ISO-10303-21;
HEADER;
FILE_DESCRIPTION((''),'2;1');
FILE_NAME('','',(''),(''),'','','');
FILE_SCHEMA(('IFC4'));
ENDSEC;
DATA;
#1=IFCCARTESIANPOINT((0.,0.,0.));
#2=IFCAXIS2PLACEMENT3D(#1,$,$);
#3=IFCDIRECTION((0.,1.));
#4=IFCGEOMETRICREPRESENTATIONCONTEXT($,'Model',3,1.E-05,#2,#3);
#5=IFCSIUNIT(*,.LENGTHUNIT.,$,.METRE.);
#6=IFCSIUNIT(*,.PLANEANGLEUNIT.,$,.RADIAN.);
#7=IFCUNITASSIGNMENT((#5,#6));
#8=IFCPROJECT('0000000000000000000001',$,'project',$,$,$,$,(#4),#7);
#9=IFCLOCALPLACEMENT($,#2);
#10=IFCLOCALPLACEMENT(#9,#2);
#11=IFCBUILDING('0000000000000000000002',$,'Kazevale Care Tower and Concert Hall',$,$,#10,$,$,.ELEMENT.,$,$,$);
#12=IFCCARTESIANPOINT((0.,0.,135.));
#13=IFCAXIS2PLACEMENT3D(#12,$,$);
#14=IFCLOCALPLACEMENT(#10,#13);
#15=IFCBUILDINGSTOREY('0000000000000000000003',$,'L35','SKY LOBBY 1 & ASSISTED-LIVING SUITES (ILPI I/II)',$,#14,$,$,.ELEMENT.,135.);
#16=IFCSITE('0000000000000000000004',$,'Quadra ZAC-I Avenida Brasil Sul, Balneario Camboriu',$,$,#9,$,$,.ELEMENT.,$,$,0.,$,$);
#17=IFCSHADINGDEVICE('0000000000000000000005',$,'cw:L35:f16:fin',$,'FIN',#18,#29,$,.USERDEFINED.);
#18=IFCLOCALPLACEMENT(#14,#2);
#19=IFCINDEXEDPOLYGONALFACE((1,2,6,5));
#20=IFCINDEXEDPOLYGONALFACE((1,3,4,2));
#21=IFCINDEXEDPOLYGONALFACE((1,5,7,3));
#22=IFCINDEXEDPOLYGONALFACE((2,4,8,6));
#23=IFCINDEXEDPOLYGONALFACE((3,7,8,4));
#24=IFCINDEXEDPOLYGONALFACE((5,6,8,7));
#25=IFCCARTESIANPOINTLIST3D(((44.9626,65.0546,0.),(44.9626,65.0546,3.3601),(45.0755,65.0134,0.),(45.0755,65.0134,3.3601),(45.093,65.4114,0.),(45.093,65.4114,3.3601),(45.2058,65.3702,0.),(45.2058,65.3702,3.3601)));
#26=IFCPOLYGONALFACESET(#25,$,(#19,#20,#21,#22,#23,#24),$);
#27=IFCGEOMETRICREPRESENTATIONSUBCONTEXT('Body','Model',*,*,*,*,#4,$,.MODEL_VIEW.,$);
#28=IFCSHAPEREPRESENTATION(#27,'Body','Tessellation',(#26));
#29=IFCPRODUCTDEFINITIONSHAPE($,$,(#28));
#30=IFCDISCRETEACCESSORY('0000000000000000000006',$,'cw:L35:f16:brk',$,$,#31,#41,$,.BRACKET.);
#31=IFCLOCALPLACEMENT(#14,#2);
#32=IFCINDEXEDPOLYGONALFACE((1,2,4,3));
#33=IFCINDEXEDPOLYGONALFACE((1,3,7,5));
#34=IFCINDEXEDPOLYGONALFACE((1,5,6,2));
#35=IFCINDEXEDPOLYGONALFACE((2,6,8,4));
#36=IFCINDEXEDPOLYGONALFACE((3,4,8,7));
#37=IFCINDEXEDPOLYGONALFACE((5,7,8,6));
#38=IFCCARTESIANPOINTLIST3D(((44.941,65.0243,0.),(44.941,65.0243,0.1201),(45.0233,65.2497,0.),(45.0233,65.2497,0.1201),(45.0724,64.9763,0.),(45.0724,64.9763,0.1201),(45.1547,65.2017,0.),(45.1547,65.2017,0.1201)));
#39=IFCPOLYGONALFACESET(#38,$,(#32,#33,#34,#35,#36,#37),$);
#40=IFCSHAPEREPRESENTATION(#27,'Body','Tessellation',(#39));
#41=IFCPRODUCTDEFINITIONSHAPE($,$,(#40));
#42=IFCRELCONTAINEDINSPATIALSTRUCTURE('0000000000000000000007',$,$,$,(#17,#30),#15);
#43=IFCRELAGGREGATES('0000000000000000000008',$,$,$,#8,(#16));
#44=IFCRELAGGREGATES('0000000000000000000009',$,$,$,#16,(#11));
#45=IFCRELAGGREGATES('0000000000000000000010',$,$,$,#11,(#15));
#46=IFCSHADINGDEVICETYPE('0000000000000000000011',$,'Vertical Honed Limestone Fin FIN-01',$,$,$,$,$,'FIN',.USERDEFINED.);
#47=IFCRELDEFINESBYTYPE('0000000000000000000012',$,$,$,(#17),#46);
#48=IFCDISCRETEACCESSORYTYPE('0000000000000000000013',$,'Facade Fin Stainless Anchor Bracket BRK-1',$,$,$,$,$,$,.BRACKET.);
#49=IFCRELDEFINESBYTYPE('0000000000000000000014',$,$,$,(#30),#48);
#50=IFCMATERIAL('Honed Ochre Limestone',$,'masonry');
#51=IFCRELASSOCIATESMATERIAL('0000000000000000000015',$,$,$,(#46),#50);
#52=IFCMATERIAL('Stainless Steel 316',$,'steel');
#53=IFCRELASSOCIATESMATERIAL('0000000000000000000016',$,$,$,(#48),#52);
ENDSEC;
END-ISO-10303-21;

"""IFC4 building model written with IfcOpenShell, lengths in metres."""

from ifc_helpers import new_model, si_unit, direction, frame, origin, origin_2d, place, context, subcontext, project, spatial, rectangle, extrude, material, type_object, element, save


model = new_model("IFC4")

# Units and contexts
model_context = context("Model", 3, precision=1e-05, world=origin(), true_north=direction((0.0, 1.0)))
body_context = subcontext(model_context, "Body", "Model", "MODEL_VIEW")
ifc_project = project(units=[si_unit("LENGTHUNIT", "METRE"), si_unit("PLANEANGLEUNIT", "RADIAN")], contexts=[model_context])

# Site, building, storey
site_placement = place(None, origin())
site = spatial("IfcSite", under=ifc_project, at=site_placement, Name="Quadra ZAC-I Avenida Brasil Sul, Balneario Camboriu", CompositionType="ELEMENT", RefElevation=0.0)
building_placement = place(site_placement, origin())
building = spatial("IfcBuilding", under=site, at=building_placement, Name="Kazevale Care Tower and Concert Hall", CompositionType="ELEMENT")
storey_placement = place(building_placement, frame((0.0, 0.0, 135.0)))
storey = spatial("IfcBuildingStorey", under=building, at=storey_placement, Name="L35", Description="SKY LOBBY 1 & ASSISTED-LIVING SUITES (ILPI I/II)", CompositionType="ELEMENT", Elevation=135.0)

# Shading device
ifc_material_1 = material(Name="Honed Ochre Limestone", Category="masonry")
shading_device_type = type_object("IfcShadingDeviceType", Name="Vertical Honed Limestone Fin FIN-01", ElementType="FIN", PredefinedType="USERDEFINED", material=ifc_material_1)
shading_device_placement = place(storey_placement, frame((45.0842, 65.2124, 0.0), z_axis=(0.0, 0.0, 1.0), x_axis=(0.343168, 0.939274, 0.0)))
element("IfcShadingDevice", 1, at=shading_device_placement, inside=storey, type_object=shading_device_type, Name="cw:L35:f16:fin", ObjectType="FIN", PredefinedType="USERDEFINED", context=body_context, shape_type="SweptSolid", body=[
    extrude(rectangle(XDim=0.3799, YDim=0.1201, at=origin_2d()), origin(), (0.0, 0.0, 1.0), 3.3601),
])

# Discrete accessory
ifc_material_2 = material(Name="Stainless Steel 316", Category="steel")
discrete_accessory_type = type_object("IfcDiscreteAccessoryType", Name="Facade Fin Stainless Anchor Bracket BRK-1", PredefinedType="BRACKET", material=ifc_material_2)
discrete_accessory_placement = place(storey_placement, frame((45.0479, 65.113, 0.0), z_axis=(0.0, 0.0, 1.0), x_axis=(0.343168, 0.939274, 0.0)))
element("IfcDiscreteAccessory", 2, at=discrete_accessory_placement, inside=storey, type_object=discrete_accessory_type, Name="cw:L35:f16:brk", PredefinedType="BRACKET", context=body_context, shape_type="SweptSolid", body=[
    extrude(rectangle(XDim=0.24, YDim=0.1399, at=origin_2d()), origin(), (0.0, 0.0, 1.0), 0.1201),
])

save(model, "model.ifc")
